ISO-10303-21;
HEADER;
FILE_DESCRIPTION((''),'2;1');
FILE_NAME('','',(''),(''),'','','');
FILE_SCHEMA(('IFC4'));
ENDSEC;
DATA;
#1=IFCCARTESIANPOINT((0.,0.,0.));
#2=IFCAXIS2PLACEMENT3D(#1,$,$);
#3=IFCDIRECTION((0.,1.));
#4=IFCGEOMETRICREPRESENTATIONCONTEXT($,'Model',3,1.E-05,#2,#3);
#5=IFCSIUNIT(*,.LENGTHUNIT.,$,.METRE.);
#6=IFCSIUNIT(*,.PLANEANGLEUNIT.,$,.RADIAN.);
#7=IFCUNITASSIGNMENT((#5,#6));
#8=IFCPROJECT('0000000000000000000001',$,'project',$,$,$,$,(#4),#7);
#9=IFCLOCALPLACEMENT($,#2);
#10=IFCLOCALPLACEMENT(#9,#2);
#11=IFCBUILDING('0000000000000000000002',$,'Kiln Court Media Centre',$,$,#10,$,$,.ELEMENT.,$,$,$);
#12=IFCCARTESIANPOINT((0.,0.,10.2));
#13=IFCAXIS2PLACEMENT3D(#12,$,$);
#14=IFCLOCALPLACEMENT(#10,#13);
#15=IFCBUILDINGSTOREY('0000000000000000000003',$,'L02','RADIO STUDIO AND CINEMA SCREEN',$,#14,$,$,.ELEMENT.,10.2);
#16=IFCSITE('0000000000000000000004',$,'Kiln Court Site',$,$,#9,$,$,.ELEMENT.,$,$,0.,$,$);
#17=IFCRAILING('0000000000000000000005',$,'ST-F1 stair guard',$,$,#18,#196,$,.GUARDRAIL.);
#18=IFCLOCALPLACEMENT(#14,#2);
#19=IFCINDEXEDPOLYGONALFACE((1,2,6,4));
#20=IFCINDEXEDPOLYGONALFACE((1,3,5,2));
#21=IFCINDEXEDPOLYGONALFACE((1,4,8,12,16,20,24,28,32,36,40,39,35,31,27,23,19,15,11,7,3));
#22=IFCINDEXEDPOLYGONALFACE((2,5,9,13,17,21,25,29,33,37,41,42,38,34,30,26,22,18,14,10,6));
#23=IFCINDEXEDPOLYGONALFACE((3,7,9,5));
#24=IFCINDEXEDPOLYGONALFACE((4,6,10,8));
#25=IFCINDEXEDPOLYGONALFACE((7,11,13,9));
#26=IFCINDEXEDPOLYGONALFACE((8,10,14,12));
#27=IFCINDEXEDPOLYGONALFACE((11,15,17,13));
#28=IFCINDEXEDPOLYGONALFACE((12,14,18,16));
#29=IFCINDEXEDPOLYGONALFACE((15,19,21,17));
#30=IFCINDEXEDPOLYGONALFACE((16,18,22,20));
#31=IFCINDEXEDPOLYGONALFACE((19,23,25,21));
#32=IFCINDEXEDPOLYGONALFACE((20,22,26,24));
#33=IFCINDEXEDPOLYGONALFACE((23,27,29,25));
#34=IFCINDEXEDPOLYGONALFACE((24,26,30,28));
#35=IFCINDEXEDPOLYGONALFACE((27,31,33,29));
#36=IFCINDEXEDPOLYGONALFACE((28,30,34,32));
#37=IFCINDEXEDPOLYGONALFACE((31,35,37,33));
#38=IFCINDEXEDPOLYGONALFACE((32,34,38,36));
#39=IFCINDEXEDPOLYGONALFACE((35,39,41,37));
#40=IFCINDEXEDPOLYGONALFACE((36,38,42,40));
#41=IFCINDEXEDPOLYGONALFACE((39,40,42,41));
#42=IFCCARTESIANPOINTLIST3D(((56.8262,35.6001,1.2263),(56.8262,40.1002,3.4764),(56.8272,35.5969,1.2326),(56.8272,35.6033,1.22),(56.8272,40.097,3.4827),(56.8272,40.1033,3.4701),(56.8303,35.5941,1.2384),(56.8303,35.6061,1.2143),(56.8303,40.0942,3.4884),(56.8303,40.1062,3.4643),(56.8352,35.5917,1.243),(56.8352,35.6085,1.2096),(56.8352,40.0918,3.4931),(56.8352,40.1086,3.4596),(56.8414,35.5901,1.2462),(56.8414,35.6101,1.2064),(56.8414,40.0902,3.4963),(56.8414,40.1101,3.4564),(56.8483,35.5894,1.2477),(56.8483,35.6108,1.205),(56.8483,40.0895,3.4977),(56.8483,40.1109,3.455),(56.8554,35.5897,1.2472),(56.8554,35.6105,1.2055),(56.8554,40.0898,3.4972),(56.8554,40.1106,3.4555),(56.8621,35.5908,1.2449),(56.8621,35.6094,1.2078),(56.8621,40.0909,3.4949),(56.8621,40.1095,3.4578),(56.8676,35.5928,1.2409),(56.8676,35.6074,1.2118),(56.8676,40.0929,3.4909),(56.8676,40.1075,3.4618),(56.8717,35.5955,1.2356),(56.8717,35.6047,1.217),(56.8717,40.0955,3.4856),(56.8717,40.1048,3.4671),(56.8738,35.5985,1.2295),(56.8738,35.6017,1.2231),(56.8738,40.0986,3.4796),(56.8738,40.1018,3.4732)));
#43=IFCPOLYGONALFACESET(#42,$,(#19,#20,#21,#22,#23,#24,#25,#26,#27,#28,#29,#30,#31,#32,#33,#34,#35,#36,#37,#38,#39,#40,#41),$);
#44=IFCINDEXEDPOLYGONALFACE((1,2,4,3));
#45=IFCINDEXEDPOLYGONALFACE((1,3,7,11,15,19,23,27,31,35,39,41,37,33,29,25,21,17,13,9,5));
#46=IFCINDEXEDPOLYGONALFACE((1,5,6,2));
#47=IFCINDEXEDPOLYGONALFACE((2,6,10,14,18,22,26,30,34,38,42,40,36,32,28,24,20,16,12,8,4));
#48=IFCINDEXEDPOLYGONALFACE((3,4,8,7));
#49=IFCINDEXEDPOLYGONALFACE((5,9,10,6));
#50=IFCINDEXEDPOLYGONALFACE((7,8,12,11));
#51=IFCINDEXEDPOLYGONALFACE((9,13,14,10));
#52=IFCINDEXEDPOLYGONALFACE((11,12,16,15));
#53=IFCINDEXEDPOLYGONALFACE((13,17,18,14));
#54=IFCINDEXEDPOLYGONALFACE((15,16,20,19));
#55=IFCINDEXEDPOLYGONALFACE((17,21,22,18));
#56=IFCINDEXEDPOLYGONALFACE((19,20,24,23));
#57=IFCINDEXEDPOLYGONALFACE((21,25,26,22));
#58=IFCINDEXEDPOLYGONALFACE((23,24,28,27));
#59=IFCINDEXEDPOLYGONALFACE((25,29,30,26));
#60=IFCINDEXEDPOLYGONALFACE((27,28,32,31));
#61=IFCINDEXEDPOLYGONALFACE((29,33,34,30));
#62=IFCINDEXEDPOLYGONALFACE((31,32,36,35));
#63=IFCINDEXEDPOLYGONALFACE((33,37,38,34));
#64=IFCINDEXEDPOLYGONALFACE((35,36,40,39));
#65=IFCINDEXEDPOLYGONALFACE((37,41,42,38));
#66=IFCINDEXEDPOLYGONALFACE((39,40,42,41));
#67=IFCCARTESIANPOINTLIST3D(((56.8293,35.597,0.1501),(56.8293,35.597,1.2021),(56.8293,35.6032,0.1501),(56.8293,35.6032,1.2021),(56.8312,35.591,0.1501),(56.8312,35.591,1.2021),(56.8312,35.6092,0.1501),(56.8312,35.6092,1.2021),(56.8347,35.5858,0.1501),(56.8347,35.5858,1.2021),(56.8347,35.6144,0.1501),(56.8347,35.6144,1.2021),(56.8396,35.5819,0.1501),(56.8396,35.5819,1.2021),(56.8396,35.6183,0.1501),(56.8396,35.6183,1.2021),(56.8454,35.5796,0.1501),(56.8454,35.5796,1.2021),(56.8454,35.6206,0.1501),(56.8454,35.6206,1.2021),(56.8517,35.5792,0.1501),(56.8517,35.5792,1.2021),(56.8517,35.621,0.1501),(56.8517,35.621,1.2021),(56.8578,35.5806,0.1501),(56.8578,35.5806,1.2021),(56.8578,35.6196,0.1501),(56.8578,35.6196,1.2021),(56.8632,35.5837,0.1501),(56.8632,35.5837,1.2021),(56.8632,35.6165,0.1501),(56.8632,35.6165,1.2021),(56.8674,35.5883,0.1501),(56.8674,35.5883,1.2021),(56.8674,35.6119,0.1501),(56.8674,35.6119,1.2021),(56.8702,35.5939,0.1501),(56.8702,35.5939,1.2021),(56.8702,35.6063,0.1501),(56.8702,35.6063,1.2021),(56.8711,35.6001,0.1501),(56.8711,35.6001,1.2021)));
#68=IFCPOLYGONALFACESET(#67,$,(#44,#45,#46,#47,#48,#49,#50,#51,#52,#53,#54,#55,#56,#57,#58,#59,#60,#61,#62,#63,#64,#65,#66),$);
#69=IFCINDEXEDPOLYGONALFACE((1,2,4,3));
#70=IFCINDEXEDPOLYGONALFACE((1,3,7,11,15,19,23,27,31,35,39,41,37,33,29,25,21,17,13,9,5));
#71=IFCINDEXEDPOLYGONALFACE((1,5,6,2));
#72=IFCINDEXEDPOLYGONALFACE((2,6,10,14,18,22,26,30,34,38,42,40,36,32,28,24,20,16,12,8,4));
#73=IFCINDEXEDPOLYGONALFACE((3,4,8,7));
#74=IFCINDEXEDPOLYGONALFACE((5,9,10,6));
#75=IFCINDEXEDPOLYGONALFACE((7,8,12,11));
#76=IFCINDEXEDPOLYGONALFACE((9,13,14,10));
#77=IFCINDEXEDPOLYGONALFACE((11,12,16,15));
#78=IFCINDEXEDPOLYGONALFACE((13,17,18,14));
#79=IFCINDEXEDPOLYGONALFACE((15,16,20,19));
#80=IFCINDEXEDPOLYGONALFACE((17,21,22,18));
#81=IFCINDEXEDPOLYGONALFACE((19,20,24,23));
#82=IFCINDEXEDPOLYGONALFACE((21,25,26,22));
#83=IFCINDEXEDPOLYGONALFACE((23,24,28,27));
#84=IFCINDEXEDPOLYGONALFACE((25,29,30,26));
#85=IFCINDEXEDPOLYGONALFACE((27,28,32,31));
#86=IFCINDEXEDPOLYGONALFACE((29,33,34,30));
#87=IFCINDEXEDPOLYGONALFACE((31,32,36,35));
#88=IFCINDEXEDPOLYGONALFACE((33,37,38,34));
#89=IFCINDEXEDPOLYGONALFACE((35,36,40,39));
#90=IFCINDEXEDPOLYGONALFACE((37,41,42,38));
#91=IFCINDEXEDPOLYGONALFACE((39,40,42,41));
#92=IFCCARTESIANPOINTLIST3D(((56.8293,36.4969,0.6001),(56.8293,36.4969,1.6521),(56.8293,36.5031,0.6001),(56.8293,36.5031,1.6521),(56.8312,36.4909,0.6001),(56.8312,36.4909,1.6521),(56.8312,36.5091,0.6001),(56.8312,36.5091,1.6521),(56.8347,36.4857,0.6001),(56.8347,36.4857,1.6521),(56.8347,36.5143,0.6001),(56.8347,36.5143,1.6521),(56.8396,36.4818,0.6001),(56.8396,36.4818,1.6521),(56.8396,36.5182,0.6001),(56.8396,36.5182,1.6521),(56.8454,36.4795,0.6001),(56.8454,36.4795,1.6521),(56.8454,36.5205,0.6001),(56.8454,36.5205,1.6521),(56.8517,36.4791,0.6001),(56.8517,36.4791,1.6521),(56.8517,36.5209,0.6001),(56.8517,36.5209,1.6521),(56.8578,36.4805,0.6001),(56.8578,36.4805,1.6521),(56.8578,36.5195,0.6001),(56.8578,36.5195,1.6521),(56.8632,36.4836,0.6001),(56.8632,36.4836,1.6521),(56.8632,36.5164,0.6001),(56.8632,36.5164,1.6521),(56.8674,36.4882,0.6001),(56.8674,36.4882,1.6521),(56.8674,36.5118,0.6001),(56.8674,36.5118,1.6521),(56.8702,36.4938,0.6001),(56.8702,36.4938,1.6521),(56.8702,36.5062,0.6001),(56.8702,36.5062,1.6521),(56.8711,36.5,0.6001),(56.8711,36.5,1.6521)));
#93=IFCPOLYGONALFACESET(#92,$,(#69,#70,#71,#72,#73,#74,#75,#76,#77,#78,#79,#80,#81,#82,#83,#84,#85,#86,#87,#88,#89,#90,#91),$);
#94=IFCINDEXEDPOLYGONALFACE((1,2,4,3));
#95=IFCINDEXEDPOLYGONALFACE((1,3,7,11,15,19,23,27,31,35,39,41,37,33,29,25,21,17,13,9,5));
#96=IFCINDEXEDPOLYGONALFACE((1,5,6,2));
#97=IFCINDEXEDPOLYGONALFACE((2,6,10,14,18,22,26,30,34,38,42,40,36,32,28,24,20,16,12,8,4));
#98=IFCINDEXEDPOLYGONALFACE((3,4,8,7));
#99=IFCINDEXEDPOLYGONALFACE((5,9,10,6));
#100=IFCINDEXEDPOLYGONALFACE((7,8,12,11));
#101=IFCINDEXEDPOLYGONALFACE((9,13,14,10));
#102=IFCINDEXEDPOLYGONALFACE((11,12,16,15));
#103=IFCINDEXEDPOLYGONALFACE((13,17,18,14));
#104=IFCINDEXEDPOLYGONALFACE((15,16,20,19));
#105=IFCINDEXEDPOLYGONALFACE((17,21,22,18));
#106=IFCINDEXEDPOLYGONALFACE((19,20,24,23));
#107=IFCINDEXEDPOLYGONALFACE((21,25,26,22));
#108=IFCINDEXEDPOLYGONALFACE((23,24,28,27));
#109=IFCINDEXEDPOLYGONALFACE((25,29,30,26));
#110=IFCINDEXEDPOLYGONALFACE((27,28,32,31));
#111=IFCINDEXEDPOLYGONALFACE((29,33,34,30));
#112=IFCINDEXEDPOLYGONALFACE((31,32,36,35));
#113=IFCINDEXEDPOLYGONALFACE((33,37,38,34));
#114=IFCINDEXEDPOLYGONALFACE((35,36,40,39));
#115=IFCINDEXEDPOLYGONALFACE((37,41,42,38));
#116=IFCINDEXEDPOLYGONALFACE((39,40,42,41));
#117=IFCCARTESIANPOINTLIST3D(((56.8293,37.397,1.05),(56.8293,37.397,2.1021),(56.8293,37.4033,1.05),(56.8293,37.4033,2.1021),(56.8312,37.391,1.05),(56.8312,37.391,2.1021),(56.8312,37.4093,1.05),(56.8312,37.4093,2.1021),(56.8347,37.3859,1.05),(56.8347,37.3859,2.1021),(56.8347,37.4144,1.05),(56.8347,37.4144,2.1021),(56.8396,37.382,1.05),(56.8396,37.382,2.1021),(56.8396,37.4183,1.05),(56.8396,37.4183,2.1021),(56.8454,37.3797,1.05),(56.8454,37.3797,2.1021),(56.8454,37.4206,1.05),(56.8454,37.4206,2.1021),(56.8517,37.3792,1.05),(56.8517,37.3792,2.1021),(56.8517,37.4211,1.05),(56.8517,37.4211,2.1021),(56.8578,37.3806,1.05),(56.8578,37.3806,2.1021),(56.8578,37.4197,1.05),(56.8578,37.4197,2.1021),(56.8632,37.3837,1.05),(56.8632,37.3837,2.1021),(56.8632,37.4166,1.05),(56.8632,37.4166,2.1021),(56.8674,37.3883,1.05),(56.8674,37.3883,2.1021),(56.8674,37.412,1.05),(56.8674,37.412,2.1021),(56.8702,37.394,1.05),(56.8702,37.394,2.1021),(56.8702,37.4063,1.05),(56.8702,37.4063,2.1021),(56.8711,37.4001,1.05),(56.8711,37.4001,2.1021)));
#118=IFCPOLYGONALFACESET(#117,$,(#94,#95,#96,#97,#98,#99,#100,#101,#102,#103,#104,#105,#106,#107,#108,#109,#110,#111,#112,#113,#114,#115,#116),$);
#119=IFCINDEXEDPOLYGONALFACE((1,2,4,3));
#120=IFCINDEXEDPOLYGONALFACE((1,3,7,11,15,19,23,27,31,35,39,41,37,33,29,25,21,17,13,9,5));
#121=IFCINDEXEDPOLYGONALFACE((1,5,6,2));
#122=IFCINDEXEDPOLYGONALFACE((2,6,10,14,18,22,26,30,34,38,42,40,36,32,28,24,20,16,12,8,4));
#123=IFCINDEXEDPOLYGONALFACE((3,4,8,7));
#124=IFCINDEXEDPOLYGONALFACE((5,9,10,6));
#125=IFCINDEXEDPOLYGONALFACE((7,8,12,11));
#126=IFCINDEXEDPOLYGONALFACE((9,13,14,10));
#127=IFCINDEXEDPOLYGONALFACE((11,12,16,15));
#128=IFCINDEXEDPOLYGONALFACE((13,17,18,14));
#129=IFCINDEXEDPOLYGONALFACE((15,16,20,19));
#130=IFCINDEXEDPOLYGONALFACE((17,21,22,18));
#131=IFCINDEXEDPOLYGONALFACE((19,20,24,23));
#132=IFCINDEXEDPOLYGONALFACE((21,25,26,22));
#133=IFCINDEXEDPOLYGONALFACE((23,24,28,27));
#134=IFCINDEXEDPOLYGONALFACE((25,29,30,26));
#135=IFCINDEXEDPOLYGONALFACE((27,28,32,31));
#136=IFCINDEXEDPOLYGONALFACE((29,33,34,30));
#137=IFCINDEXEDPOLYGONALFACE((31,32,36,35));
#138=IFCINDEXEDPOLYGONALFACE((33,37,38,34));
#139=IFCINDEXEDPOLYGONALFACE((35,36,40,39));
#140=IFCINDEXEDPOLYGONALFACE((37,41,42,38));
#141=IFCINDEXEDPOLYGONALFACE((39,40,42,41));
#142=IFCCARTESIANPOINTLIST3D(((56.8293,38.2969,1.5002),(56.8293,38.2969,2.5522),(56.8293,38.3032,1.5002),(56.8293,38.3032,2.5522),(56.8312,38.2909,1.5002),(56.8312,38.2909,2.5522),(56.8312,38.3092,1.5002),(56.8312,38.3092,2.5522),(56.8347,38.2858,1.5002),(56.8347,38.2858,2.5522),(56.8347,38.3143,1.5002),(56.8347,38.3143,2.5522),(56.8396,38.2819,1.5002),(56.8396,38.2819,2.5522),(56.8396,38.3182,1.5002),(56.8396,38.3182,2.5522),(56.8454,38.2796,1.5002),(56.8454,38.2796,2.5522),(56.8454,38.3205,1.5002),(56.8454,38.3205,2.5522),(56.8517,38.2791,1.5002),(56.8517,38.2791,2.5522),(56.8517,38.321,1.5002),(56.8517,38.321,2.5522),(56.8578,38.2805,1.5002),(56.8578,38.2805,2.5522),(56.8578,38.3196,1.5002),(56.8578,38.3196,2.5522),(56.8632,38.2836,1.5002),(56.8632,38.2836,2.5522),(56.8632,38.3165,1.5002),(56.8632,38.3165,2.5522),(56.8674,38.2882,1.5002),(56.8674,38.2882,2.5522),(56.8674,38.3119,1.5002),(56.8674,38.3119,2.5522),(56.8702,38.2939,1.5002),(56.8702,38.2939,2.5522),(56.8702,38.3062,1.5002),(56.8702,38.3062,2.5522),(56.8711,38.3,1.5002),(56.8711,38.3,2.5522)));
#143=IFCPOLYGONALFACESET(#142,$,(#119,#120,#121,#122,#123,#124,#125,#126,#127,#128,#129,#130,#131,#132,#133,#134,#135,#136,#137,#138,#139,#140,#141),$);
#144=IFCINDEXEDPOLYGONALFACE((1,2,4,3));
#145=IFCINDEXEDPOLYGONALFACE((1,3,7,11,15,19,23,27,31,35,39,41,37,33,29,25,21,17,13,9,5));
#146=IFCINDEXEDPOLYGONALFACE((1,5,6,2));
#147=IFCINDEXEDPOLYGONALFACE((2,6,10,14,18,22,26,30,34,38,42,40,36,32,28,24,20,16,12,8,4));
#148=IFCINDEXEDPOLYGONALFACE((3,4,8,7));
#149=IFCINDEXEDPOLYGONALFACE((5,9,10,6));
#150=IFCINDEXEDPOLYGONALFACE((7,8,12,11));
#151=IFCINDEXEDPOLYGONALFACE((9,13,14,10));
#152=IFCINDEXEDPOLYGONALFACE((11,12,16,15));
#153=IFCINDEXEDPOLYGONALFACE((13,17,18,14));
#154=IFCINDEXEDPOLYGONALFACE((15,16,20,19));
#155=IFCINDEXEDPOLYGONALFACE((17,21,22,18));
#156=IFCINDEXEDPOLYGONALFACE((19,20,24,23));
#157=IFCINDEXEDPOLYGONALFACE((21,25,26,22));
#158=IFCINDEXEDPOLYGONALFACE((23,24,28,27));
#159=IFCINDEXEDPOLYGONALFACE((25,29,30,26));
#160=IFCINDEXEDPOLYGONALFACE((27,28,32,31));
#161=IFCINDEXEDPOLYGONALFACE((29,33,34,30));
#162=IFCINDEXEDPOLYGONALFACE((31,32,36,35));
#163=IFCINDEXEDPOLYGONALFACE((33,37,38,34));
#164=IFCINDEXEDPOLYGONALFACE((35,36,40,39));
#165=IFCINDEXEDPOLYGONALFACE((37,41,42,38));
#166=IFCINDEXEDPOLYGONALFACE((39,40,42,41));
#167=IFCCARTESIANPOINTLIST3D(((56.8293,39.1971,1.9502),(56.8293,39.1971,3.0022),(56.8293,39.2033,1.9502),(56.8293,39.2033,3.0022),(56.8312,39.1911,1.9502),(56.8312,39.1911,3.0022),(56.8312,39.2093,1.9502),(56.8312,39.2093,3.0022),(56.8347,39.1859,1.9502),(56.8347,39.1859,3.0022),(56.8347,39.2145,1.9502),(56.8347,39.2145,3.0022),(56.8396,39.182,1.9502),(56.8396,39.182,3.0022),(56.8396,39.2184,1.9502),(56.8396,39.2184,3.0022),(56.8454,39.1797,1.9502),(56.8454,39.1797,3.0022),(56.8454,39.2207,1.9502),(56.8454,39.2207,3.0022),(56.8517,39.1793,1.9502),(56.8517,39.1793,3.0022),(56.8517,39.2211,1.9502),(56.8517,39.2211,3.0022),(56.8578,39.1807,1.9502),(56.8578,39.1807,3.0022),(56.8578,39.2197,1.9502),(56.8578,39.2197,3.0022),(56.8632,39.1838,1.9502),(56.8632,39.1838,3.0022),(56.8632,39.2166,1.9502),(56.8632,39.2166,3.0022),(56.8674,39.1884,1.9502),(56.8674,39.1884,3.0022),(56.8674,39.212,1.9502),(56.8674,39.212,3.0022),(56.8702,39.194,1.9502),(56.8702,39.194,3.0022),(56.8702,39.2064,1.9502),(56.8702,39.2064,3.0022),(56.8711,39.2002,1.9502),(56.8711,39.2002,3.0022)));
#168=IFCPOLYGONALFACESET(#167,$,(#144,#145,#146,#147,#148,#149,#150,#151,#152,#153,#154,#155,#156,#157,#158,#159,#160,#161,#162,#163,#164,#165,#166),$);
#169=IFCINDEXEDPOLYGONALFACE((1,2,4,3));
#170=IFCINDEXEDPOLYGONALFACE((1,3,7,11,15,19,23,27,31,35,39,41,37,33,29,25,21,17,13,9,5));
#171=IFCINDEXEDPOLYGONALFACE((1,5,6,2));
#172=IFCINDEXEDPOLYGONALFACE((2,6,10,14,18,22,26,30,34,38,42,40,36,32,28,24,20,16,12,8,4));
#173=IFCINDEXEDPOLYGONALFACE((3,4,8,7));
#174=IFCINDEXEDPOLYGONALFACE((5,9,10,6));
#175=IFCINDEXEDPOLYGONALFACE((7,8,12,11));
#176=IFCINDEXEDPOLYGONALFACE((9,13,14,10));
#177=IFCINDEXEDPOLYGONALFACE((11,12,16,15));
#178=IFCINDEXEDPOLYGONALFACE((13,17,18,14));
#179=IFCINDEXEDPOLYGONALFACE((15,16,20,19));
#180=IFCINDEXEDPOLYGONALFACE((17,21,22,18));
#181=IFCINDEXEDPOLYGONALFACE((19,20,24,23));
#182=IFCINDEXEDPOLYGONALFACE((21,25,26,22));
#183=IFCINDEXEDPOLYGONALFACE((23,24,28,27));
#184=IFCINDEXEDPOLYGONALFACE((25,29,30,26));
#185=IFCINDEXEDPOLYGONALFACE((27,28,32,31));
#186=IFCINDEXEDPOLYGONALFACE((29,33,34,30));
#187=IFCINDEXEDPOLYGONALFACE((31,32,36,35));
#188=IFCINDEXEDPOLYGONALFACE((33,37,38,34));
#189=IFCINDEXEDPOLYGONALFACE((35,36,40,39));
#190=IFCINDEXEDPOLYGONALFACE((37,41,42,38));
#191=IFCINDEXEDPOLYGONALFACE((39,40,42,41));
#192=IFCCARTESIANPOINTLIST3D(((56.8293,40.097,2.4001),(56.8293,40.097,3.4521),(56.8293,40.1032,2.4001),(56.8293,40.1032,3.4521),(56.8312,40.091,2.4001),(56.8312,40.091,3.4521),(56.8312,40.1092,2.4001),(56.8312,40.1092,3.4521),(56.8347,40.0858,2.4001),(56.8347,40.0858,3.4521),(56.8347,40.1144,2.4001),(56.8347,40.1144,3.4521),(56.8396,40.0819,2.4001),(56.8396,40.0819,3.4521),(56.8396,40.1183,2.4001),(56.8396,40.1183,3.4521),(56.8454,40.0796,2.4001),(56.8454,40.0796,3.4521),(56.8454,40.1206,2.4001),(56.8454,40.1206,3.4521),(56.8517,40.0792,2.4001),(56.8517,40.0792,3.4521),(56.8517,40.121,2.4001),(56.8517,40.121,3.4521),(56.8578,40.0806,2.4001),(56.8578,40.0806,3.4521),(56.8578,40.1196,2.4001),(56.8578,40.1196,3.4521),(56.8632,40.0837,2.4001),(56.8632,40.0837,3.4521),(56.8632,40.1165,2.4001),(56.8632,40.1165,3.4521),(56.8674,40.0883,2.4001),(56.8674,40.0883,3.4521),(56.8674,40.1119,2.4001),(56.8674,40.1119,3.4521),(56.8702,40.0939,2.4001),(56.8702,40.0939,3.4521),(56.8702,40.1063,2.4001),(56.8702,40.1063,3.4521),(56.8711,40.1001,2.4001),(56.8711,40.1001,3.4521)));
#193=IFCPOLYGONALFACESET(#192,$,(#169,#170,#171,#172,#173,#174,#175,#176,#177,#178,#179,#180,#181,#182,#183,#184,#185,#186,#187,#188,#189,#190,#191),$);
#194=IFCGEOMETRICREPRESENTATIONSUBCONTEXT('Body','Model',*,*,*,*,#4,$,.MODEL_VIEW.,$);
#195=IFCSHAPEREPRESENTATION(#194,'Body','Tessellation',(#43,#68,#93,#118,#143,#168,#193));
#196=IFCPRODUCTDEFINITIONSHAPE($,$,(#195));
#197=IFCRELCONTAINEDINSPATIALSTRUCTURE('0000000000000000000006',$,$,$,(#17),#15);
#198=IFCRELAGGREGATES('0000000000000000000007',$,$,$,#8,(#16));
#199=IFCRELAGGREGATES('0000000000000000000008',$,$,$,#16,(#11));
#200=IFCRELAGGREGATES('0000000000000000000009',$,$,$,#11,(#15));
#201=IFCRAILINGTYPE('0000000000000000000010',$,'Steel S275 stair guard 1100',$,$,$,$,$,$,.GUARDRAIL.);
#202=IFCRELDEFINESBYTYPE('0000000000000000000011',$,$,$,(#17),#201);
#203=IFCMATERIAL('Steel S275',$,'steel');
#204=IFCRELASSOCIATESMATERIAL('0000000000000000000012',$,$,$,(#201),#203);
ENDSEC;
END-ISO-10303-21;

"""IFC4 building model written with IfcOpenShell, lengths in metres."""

from ifc_helpers import new_model, si_unit, direction, frame, origin, origin_2d, place, context, subcontext, project, spatial, circle, extrude, material, type_object, element, save


model = new_model("IFC4")

# Units and contexts
model_context = context("Model", 3, precision=1e-05, world=origin(), true_north=direction((0.0, 1.0)))
body_context = subcontext(model_context, "Body", "Model", "MODEL_VIEW")
ifc_project = project(units=[si_unit("LENGTHUNIT", "METRE"), si_unit("PLANEANGLEUNIT", "RADIAN")], contexts=[model_context])

# Site, building, storey
site_placement = place(None, origin())
site = spatial("IfcSite", under=ifc_project, at=site_placement, Name="Kiln Court Site", CompositionType="ELEMENT", RefElevation=0.0)
building_placement = place(site_placement, origin())
building = spatial("IfcBuilding", under=site, at=building_placement, Name="Kiln Court Media Centre", CompositionType="ELEMENT")
storey_placement = place(building_placement, frame((0.0, 0.0, 10.2)))
storey = spatial("IfcBuildingStorey", under=building, at=storey_placement, Name="L02", Description="RADIO STUDIO AND CINEMA SCREEN", CompositionType="ELEMENT", Elevation=10.2)

# Railing
ifc_material_1 = material(Name="Steel S275", Category="steel")
railing_type_1 = type_object("IfcRailingType", Name="Steel S275 stair guard 1100", PredefinedType="GUARDRAIL", material=ifc_material_1)
railing_1_placement = place(storey_placement, frame((56.8501, 35.6001, 0.1501)))
element("IfcRailing", 1, at=railing_1_placement, inside=storey, type_object=railing_type_1, Name="ST-F1 stair guard", PredefinedType="GUARDRAIL", context=body_context, shape_type="SweptSolid", body=[
    extrude(circle(Radius=0.0239, at=origin_2d()), frame((0.0, 0.0, 1.0762), z_axis=(0.0, 0.894427, 0.447214), x_axis=(-1.0, 0.0, 0.0)), (0.0, 0.0, 1.0), 5.0312),
    extrude(circle(Radius=0.021, at=origin_2d()), origin(), (0.0, 0.0, 1.0), 1.052),
    extrude(circle(Radius=0.021, at=origin_2d()), frame((0.0, 0.8999, 0.45)), (0.0, 0.0, 1.0), 1.052),
    extrude(circle(Radius=0.021, at=origin_2d()), frame((0.0, 1.8, 0.8999)), (0.0, 0.0, 1.0), 1.052),
    extrude(circle(Radius=0.021, at=origin_2d()), frame((0.0, 2.7, 1.3501)), (0.0, 0.0, 1.0), 1.052),
    extrude(circle(Radius=0.021, at=origin_2d()), frame((0.0, 3.6001, 1.8)), (0.0, 0.0, 1.0), 1.052),
    extrude(circle(Radius=0.021, at=origin_2d()), frame((0.0, 4.5, 2.25)), (0.0, 0.0, 1.0), 1.052),
])

save(model, "model.ifc")
